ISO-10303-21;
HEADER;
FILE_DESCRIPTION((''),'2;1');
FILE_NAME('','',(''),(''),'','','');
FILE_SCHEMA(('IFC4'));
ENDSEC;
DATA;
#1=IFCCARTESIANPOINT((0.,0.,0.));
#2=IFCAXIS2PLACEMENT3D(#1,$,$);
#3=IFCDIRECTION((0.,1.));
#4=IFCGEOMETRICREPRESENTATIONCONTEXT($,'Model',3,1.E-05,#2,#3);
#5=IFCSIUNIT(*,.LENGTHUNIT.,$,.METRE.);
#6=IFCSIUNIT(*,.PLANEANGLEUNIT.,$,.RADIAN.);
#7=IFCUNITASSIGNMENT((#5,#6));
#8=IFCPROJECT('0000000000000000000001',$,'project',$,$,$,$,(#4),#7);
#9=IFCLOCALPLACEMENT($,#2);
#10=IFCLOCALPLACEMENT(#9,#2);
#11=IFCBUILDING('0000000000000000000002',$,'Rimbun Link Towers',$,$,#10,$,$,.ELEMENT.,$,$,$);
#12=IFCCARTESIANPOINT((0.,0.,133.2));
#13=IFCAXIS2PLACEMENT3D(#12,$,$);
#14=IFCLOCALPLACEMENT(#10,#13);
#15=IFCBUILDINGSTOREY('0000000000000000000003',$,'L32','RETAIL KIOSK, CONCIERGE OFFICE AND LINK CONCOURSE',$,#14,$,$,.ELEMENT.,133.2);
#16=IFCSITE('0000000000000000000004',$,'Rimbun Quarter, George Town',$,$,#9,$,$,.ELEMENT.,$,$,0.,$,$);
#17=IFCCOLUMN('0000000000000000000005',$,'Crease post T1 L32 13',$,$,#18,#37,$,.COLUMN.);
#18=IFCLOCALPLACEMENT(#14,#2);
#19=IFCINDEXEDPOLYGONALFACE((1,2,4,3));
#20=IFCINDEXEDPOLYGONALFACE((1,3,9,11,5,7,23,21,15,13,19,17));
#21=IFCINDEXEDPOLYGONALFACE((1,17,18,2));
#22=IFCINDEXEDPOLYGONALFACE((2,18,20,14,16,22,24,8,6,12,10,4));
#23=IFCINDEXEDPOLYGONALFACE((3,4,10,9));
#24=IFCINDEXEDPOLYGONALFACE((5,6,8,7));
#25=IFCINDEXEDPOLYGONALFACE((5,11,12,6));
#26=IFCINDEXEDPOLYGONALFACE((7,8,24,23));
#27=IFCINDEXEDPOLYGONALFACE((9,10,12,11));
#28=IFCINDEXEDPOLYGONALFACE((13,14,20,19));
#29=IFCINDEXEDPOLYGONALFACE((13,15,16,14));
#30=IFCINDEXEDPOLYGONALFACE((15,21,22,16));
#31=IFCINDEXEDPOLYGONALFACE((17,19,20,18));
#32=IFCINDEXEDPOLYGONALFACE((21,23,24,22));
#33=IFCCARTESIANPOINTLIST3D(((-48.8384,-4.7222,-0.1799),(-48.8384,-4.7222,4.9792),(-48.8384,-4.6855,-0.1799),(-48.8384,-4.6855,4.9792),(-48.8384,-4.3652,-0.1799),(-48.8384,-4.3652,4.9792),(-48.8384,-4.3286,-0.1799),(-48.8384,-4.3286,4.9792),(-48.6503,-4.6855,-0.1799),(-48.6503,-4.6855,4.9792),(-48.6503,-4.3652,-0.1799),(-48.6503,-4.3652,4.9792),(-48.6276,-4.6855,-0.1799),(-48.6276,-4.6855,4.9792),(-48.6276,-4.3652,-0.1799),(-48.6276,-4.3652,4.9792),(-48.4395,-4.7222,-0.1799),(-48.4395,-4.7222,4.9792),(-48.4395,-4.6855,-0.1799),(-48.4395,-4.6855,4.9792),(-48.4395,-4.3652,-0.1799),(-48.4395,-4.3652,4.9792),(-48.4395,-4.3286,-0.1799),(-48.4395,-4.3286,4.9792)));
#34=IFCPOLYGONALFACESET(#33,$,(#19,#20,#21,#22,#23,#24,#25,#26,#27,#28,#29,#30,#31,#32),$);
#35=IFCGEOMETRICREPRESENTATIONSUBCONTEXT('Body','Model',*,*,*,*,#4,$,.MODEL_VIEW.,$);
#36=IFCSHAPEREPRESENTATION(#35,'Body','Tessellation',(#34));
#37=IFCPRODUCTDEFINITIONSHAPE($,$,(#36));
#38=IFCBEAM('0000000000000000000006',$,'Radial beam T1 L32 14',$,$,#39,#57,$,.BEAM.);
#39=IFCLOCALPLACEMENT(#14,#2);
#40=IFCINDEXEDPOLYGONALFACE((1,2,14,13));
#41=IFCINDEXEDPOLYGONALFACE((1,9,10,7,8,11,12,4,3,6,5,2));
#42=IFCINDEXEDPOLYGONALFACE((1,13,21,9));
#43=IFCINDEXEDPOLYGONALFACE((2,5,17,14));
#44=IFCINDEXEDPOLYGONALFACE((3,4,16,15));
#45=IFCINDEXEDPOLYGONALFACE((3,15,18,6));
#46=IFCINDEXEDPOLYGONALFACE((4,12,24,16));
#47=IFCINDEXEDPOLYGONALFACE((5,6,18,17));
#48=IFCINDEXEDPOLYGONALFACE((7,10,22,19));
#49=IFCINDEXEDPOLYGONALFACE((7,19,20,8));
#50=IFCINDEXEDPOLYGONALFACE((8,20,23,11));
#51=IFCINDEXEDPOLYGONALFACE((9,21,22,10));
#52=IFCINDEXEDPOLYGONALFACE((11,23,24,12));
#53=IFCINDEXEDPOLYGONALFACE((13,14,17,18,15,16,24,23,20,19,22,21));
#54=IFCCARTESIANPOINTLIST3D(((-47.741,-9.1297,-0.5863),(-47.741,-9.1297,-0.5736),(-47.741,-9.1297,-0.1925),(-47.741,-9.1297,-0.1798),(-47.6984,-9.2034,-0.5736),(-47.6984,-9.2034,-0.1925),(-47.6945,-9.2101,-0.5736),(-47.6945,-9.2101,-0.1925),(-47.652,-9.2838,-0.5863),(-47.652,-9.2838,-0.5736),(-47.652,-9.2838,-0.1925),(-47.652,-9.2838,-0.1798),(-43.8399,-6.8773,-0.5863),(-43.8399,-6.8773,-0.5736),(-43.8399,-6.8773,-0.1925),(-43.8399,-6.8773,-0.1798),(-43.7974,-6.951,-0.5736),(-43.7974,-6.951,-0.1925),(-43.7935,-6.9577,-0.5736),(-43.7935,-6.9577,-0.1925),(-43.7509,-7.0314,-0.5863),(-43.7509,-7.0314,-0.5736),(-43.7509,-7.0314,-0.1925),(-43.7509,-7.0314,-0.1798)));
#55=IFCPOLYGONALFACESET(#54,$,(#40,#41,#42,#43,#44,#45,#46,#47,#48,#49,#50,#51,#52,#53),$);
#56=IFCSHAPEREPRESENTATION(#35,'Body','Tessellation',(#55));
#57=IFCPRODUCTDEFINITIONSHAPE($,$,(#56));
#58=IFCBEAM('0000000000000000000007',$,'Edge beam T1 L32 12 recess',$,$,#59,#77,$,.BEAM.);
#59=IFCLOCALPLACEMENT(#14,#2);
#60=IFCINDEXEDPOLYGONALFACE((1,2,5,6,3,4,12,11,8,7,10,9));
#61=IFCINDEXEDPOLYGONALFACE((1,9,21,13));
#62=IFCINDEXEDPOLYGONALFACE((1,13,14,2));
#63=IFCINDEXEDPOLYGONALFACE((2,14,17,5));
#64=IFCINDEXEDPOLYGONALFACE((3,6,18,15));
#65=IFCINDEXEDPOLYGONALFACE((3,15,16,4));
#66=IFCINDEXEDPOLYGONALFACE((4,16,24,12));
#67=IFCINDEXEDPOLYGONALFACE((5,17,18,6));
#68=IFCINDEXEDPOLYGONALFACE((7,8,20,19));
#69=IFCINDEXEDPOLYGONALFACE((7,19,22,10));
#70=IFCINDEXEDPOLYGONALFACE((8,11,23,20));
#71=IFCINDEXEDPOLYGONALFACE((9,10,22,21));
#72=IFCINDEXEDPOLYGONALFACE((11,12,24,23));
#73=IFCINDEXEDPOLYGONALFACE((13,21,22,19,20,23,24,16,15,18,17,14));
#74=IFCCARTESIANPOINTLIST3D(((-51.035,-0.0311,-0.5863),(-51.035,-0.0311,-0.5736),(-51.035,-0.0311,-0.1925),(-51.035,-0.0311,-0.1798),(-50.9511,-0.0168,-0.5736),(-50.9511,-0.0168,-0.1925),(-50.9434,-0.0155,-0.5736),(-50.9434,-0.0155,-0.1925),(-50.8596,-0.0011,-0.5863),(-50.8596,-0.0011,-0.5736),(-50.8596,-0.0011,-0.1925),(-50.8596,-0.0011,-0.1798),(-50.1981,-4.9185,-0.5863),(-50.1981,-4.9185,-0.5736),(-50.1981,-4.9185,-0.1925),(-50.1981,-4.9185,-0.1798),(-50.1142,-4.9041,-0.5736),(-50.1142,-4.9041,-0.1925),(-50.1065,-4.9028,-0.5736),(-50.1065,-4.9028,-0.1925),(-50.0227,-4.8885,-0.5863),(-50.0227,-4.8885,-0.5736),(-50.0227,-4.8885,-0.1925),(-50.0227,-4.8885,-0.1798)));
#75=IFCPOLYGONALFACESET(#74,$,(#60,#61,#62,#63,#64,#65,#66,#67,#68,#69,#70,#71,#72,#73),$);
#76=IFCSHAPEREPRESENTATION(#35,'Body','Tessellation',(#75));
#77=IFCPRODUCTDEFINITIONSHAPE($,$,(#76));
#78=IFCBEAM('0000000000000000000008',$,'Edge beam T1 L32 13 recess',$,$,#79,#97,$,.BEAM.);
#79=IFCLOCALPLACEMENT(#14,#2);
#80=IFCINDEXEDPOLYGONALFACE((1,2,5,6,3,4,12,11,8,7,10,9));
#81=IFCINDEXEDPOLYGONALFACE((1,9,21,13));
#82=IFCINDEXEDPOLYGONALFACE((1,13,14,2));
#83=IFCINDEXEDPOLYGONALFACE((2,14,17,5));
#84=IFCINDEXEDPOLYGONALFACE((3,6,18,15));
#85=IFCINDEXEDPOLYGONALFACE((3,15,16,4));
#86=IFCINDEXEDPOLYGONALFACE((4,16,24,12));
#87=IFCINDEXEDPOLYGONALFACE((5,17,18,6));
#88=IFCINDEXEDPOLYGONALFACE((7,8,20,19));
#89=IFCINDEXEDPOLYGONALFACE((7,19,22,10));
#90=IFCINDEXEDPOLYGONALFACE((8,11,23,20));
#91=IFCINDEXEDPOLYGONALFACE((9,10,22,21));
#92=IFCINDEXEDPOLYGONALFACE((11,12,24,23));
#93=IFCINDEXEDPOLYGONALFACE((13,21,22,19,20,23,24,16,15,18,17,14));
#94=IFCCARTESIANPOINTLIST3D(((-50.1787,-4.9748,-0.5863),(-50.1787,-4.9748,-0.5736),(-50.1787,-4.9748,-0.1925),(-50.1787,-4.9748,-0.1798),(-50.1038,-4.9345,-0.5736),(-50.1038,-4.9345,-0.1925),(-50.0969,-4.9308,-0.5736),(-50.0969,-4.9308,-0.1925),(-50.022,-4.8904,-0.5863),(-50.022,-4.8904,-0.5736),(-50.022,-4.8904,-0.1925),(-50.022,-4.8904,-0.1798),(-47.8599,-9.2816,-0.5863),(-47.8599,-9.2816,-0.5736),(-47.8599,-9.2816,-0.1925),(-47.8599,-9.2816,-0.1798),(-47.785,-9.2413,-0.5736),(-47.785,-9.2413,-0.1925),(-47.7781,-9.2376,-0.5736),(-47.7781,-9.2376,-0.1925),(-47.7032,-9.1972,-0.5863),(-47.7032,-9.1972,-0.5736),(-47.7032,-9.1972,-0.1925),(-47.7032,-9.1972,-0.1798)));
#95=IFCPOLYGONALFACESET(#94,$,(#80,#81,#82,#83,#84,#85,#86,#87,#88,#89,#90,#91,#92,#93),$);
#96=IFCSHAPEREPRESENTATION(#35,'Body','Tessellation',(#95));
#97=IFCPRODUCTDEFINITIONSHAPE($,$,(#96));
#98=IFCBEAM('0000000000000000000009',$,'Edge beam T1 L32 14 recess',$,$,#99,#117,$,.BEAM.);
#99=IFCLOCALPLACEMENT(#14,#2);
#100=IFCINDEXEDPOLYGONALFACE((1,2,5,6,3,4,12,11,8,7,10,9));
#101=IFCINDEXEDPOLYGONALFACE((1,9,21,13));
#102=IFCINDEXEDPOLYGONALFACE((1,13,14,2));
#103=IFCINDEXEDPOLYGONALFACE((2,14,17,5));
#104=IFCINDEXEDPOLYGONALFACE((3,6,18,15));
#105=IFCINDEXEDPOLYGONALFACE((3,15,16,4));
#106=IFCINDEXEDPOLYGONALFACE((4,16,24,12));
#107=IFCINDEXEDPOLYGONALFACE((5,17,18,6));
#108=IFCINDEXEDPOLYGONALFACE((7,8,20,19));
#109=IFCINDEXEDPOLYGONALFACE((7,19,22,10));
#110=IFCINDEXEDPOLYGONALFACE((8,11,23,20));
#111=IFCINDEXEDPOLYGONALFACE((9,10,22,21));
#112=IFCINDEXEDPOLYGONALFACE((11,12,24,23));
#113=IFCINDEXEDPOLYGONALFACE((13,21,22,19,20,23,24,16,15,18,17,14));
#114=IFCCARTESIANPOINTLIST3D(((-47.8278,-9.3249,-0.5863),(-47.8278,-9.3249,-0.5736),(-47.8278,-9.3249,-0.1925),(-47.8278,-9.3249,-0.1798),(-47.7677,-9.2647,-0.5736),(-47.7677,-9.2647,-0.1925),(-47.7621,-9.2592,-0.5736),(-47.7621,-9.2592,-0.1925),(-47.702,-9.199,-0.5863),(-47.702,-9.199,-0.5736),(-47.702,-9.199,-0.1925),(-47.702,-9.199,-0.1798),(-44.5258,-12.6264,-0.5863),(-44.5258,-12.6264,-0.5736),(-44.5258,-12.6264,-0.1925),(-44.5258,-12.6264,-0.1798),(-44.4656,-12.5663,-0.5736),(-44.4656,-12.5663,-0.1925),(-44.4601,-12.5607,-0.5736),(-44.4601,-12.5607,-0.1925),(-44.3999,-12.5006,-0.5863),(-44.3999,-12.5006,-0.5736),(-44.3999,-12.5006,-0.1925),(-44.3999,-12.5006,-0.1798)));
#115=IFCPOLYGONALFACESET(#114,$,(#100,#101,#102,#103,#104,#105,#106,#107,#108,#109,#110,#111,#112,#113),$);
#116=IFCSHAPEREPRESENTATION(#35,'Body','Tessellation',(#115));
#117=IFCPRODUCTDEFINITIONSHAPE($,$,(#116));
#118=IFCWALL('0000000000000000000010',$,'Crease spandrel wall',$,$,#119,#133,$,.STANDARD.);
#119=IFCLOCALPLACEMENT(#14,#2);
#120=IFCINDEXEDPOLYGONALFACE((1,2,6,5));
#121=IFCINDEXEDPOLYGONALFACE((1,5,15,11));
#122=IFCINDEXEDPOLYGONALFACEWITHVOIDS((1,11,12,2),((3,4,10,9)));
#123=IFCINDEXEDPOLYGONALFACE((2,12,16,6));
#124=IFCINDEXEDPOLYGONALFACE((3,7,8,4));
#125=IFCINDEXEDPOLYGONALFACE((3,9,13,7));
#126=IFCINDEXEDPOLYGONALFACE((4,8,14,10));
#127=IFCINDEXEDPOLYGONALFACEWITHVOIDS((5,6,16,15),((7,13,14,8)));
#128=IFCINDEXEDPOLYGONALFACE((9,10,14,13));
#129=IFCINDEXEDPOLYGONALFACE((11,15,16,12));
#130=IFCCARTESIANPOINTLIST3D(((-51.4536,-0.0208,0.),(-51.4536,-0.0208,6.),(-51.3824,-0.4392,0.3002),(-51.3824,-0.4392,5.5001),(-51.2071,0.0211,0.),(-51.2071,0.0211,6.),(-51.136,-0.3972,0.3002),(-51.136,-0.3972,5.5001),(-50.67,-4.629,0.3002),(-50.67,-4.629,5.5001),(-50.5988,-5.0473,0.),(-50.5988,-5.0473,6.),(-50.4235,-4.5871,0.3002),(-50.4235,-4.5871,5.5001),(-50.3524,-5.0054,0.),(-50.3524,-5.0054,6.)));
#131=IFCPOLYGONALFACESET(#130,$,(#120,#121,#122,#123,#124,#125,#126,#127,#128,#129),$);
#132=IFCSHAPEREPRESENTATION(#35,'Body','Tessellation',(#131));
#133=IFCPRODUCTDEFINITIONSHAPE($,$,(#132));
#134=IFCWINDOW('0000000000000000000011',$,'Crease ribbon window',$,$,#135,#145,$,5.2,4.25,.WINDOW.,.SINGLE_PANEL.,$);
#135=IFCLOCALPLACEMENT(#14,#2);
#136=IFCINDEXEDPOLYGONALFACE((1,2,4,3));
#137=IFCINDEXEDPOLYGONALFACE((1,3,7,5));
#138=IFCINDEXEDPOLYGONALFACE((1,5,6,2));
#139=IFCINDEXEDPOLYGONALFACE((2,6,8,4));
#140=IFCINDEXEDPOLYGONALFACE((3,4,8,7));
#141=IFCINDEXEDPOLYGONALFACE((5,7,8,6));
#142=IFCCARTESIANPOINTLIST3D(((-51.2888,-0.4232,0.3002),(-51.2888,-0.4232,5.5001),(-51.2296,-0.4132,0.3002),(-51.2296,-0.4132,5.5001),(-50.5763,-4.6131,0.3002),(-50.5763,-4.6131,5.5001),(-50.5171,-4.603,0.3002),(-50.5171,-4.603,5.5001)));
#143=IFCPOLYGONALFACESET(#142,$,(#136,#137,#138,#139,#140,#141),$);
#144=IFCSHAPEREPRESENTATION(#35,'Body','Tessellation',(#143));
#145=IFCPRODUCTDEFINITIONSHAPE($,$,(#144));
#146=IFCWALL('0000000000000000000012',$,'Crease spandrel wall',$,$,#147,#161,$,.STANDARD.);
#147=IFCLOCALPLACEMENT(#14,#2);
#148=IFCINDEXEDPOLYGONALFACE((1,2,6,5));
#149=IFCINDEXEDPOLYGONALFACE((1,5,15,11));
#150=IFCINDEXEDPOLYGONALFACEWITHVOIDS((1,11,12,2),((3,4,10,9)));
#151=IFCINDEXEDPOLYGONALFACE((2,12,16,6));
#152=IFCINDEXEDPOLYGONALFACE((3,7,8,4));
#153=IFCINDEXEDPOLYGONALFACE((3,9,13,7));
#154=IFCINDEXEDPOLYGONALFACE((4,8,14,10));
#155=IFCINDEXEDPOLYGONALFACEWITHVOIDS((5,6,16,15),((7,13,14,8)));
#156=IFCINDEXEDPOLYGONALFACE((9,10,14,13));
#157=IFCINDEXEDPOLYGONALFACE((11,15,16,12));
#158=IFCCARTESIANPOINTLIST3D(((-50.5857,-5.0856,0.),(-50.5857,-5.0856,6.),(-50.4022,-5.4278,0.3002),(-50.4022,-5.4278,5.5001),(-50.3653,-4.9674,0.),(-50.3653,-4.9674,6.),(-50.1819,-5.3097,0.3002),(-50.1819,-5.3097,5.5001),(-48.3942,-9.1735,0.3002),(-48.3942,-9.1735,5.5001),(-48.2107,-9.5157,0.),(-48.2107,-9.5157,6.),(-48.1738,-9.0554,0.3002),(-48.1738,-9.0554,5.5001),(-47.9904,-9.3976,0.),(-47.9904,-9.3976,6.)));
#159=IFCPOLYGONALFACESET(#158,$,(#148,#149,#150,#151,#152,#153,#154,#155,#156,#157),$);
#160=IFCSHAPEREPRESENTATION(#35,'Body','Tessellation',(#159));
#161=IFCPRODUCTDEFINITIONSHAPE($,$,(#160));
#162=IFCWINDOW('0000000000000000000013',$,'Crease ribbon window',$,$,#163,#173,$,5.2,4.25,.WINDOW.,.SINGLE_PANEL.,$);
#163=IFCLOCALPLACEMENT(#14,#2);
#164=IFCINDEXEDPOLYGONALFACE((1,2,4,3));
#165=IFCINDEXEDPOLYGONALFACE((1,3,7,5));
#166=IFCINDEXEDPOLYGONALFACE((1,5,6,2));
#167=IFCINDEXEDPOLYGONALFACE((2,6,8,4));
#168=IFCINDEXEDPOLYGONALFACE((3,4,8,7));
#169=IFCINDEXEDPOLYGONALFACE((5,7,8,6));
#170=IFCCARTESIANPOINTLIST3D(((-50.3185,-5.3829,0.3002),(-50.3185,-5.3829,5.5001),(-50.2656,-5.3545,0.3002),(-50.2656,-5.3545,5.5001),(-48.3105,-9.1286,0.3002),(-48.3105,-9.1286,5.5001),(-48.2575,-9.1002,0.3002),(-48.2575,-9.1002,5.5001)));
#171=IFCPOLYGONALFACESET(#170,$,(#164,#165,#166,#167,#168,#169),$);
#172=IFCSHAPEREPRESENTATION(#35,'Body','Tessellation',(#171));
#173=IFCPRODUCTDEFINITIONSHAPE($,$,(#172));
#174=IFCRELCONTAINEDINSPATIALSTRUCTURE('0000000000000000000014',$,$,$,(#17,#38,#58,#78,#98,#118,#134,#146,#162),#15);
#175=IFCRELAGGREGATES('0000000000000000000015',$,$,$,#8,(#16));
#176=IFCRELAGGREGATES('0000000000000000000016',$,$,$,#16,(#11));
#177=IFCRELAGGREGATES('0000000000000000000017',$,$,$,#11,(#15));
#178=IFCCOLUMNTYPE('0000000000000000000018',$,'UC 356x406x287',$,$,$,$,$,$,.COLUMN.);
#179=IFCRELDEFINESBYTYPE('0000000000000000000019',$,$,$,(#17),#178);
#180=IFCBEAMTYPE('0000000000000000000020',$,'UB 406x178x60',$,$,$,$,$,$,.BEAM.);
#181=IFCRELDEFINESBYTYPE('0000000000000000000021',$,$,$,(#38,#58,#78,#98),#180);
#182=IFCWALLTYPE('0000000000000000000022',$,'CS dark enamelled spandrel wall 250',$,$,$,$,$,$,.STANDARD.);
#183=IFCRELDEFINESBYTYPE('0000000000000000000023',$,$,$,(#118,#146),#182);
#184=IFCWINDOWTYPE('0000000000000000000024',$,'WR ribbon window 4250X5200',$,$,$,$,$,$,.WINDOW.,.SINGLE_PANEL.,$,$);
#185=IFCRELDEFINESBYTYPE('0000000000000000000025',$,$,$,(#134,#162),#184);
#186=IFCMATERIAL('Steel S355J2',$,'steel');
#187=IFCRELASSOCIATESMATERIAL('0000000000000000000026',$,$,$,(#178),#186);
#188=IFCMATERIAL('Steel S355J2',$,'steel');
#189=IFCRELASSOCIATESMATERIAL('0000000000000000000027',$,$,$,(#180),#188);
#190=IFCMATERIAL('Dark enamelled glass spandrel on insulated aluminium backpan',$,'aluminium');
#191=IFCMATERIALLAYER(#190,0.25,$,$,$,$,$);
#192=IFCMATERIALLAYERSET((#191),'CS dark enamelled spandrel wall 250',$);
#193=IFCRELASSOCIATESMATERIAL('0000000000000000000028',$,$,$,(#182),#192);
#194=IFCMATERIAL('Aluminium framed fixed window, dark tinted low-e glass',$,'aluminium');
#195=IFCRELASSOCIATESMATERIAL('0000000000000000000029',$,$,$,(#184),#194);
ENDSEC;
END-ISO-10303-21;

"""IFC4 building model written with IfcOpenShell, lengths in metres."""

from ifc_helpers import new_model, si_unit, direction, frame, frame_2d, origin, origin_2d, place, context, subcontext, project, spatial, rectangle, i_section, extrude, material, layer, layer_set, material_profile, profile_set, type_object, element, fill, save


model = new_model("IFC4")

# Units and contexts
model_context = context("Model", 3, precision=1e-05, world=origin(), true_north=direction((0.0, 1.0)))
body_context = subcontext(model_context, "Body", "Model", "MODEL_VIEW")
ifc_project = project(units=[si_unit("LENGTHUNIT", "METRE"), si_unit("PLANEANGLEUNIT", "RADIAN")], contexts=[model_context])

# Site, building, storey
site_placement = place(None, origin())
site = spatial("IfcSite", under=ifc_project, at=site_placement, Name="Rimbun Quarter, George Town", CompositionType="ELEMENT", RefElevation=0.0)
building_placement = place(site_placement, origin())
building = spatial("IfcBuilding", under=site, at=building_placement, Name="Rimbun Link Towers", CompositionType="ELEMENT")
storey_placement = place(building_placement, frame((0.0, 0.0, 133.2)))
storey = spatial("IfcBuildingStorey", under=building, at=storey_placement, Name="L32", Description="RETAIL KIOSK, CONCIERGE OFFICE AND LINK CONCOURSE", CompositionType="ELEMENT", Elevation=133.2)

# Column
ifc_material_1 = material(Name="Steel S355J2", Category="steel")
ifc_material_profile_1 = material_profile(ifc_material_1, i_section(OverallWidth=0.3989, OverallDepth=0.3936, WebThickness=0.0227, FlangeThickness=0.0366, at=origin_2d()), Name="UC 356x406x287")
ifc_profile_set_1 = profile_set([ifc_material_profile_1], Name="Steel S355J2")
column_type = type_object("IfcColumnType", Name="UC 356x406x287", PredefinedType="COLUMN", material=ifc_profile_set_1)
column_placement = place(storey_placement, frame((-48.6389, -4.5254, -0.1799), z_axis=(0.0, 0.0, 1.0), x_axis=(1.0, 0.0, 0.0)))
element("IfcColumn", 1, at=column_placement, inside=storey, type_object=column_type, Name="Crease post T1 L32 13", PredefinedType="COLUMN", context=body_context, shape_type="SweptSolid", body=[
    extrude(i_section(OverallWidth=0.3989, OverallDepth=0.3936, WebThickness=0.0227, FlangeThickness=0.0366, at=origin_2d()), origin(), (0.0, 0.0, 1.0), 5.1592),
])

# Beams
ifc_material_2 = material(Name="Steel S355J2", Category="steel")
ifc_material_profile_2 = material_profile(ifc_material_2, i_section(OverallWidth=0.178, OverallDepth=0.4065, WebThickness=0.0078, FlangeThickness=0.0127, at=origin_2d()), Name="UB 406x178x60")
ifc_profile_set_2 = profile_set([ifc_material_profile_2], Name="Steel S355J2")
beam_type = type_object("IfcBeamType", Name="UB 406x178x60", PredefinedType="BEAM", material=ifc_profile_set_2)
beam_1_placement = place(storey_placement, frame((-43.7954, -6.9543, -0.3831), z_axis=(-0.866013, -0.500021, 0.0), x_axis=(0.500021, -0.866013, 0.0)))
element("IfcBeam", 2, at=beam_1_placement, inside=storey, type_object=beam_type, Name="Radial beam T1 L32 14", PredefinedType="BEAM", context=body_context, shape_type="SweptSolid", body=[
    extrude(i_section(OverallWidth=0.178, OverallDepth=0.4065, WebThickness=0.0078, FlangeThickness=0.0127, at=origin_2d()), origin(), (0.0, 0.0, 1.0), 4.5046),
])
beam_2_placement = place(storey_placement, frame((-50.9473, -0.0161, -0.3831), z_axis=(0.168781, -0.985654, 0.0), x_axis=(0.985654, 0.168781, 0.0)))
element("IfcBeam", 3, at=beam_2_placement, inside=storey, type_object=beam_type, Name="Edge beam T1 L32 12 recess", PredefinedType="BEAM", context=body_context, shape_type="SweptSolid", body=[
    extrude(i_section(OverallWidth=0.178, OverallDepth=0.4065, WebThickness=0.0078, FlangeThickness=0.0127, at=origin_2d()), origin(), (0.0, 0.0, 1.0), 4.9585),
])
beam_3_placement = place(storey_placement, frame((-50.1003, -4.9326, -0.3831), z_axis=(0.474061, -0.880492, 0.0), x_axis=(0.880492, 0.474061, 0.0)))
element("IfcBeam", 4, at=beam_3_placement, inside=storey, type_object=beam_type, Name="Edge beam T1 L32 13 recess", PredefinedType="BEAM", context=body_context, shape_type="SweptSolid", body=[
    extrude(i_section(OverallWidth=0.178, OverallDepth=0.4065, WebThickness=0.0078, FlangeThickness=0.0127, at=origin_2d()), origin(), (0.0, 0.0, 1.0), 4.8914),
])
beam_4_placement = place(storey_placement, frame((-47.7649, -9.262, -0.3831), z_axis=(0.707159, -0.707054, 0.0), x_axis=(0.707054, 0.707159, 0.0)))
element("IfcBeam", 5, at=beam_4_placement, inside=storey, type_object=beam_type, Name="Edge beam T1 L32 14 recess", PredefinedType="BEAM", context=body_context, shape_type="SweptSolid", body=[
    extrude(i_section(OverallWidth=0.178, OverallDepth=0.4065, WebThickness=0.0078, FlangeThickness=0.0127, at=origin_2d()), origin(), (0.0, 0.0, 1.0), 4.6694),
])

# Walls, openings, windows
ifc_material_3 = material(Name="Dark enamelled glass spandrel on insulated aluminium backpan", Category="aluminium")
ifc_layer_1 = layer(ifc_material_3, 0.25)
ifc_layer_set_1 = layer_set([ifc_layer_1], Name="CS dark enamelled spandrel wall 250")
wall_type_1 = type_object("IfcWallType", Name="CS dark enamelled spandrel wall 250", PredefinedType="STANDARD", material=ifc_layer_set_1)
wall_1_placement = place(storey_placement, frame((-50.4756, -5.0264, 0.0), z_axis=(0.0, 0.0, 1.0), x_axis=(-0.167644, 0.985848, 0.0)))
wall_1 = element("IfcWall", 6, at=wall_1_placement, inside=storey, type_object=wall_type_1, Name="Crease spandrel wall", PredefinedType="STANDARD", context=body_context, shape_type="SweptSolid", body=[
    extrude(rectangle(XDim=5.0986, YDim=0.25, at=frame_2d((2.5493, 0.0))), origin(), (0.0, 0.0, 1.0), 6.0),
])
opening_1_placement = place(wall_1_placement, frame((0.4243, 0.0, 0.3)))
opening_1 = element("IfcOpeningElement", 7, at=opening_1_placement, cuts=wall_1, PredefinedType="OPENING", context=body_context, shape_type="SweptSolid", body=[
    extrude(rectangle(XDim=4.25, YDim=5.2, at=frame_2d((2.125, 2.6001))), frame((0.0, 0.135, 0.0), z_axis=(0.0, -1.0, 0.0), x_axis=(1.0, 0.0, 0.0)), (0.0, 0.0, 1.0), 0.27),
])
ifc_material_4 = material(Name="Aluminium framed fixed window, dark tinted low-e glass", Category="aluminium")
window_type = type_object("IfcWindowType", Name="WR ribbon window 4250X5200", PartitioningType="SINGLE_PANEL", PredefinedType="WINDOW", material=ifc_material_4)
window_1_placement = place(opening_1_placement, origin())
window_1 = element("IfcWindow", 8, at=window_1_placement, inside=storey, type_object=window_type, Name="Crease ribbon window", OverallHeight=5.2, OverallWidth=4.25, PartitioningType="SINGLE_PANEL", PredefinedType="WINDOW", context=body_context, shape_type="SweptSolid", body=[
    extrude(rectangle(XDim=4.25, YDim=5.2, at=frame_2d((2.125, 2.6001))), frame((0.0, 0.03, 0.0), z_axis=(0.0, -1.0, 0.0), x_axis=(1.0, 0.0, 0.0)), (0.0, 0.0, 1.0), 0.0601),
])
fill(opening_1, window_1)
wall_2_placement = place(storey_placement, frame((-48.1006, -9.4565, 0.0), z_axis=(0.0, 0.0, 1.0), x_axis=(-0.472483, 0.88134, 0.0)))
wall_2 = element("IfcWall", 9, at=wall_2_placement, inside=storey, type_object=wall_type_1, Name="Crease spandrel wall", PredefinedType="STANDARD", context=body_context, shape_type="SweptSolid", body=[
    extrude(rectangle(XDim=5.0266, YDim=0.25, at=frame_2d((2.5132, 0.0))), origin(), (0.0, 0.0, 1.0), 6.0),
])
opening_2_placement = place(wall_2_placement, frame((0.3882, 0.0, 0.3)))
opening_2 = element("IfcOpeningElement", 10, at=opening_2_placement, cuts=wall_2, PredefinedType="OPENING", context=body_context, shape_type="SweptSolid", body=[
    extrude(rectangle(XDim=4.25, YDim=5.2, at=frame_2d((2.125, 2.6001))), frame((0.0, 0.135, 0.0), z_axis=(0.0, -1.0, 0.0), x_axis=(1.0, 0.0, 0.0)), (0.0, 0.0, 1.0), 0.27),
])
window_2_placement = place(opening_2_placement, origin())
window_2 = element("IfcWindow", 11, at=window_2_placement, inside=storey, type_object=window_type, Name="Crease ribbon window", OverallHeight=5.2, OverallWidth=4.25, PartitioningType="SINGLE_PANEL", PredefinedType="WINDOW", context=body_context, shape_type="SweptSolid", body=[
    extrude(rectangle(XDim=4.25, YDim=5.2, at=frame_2d((2.125, 2.6001))), frame((0.0, 0.03, 0.0), z_axis=(0.0, -1.0, 0.0), x_axis=(1.0, 0.0, 0.0)), (0.0, 0.0, 1.0), 0.0601),
])
fill(opening_2, window_2)

save(model, "model.ifc")
